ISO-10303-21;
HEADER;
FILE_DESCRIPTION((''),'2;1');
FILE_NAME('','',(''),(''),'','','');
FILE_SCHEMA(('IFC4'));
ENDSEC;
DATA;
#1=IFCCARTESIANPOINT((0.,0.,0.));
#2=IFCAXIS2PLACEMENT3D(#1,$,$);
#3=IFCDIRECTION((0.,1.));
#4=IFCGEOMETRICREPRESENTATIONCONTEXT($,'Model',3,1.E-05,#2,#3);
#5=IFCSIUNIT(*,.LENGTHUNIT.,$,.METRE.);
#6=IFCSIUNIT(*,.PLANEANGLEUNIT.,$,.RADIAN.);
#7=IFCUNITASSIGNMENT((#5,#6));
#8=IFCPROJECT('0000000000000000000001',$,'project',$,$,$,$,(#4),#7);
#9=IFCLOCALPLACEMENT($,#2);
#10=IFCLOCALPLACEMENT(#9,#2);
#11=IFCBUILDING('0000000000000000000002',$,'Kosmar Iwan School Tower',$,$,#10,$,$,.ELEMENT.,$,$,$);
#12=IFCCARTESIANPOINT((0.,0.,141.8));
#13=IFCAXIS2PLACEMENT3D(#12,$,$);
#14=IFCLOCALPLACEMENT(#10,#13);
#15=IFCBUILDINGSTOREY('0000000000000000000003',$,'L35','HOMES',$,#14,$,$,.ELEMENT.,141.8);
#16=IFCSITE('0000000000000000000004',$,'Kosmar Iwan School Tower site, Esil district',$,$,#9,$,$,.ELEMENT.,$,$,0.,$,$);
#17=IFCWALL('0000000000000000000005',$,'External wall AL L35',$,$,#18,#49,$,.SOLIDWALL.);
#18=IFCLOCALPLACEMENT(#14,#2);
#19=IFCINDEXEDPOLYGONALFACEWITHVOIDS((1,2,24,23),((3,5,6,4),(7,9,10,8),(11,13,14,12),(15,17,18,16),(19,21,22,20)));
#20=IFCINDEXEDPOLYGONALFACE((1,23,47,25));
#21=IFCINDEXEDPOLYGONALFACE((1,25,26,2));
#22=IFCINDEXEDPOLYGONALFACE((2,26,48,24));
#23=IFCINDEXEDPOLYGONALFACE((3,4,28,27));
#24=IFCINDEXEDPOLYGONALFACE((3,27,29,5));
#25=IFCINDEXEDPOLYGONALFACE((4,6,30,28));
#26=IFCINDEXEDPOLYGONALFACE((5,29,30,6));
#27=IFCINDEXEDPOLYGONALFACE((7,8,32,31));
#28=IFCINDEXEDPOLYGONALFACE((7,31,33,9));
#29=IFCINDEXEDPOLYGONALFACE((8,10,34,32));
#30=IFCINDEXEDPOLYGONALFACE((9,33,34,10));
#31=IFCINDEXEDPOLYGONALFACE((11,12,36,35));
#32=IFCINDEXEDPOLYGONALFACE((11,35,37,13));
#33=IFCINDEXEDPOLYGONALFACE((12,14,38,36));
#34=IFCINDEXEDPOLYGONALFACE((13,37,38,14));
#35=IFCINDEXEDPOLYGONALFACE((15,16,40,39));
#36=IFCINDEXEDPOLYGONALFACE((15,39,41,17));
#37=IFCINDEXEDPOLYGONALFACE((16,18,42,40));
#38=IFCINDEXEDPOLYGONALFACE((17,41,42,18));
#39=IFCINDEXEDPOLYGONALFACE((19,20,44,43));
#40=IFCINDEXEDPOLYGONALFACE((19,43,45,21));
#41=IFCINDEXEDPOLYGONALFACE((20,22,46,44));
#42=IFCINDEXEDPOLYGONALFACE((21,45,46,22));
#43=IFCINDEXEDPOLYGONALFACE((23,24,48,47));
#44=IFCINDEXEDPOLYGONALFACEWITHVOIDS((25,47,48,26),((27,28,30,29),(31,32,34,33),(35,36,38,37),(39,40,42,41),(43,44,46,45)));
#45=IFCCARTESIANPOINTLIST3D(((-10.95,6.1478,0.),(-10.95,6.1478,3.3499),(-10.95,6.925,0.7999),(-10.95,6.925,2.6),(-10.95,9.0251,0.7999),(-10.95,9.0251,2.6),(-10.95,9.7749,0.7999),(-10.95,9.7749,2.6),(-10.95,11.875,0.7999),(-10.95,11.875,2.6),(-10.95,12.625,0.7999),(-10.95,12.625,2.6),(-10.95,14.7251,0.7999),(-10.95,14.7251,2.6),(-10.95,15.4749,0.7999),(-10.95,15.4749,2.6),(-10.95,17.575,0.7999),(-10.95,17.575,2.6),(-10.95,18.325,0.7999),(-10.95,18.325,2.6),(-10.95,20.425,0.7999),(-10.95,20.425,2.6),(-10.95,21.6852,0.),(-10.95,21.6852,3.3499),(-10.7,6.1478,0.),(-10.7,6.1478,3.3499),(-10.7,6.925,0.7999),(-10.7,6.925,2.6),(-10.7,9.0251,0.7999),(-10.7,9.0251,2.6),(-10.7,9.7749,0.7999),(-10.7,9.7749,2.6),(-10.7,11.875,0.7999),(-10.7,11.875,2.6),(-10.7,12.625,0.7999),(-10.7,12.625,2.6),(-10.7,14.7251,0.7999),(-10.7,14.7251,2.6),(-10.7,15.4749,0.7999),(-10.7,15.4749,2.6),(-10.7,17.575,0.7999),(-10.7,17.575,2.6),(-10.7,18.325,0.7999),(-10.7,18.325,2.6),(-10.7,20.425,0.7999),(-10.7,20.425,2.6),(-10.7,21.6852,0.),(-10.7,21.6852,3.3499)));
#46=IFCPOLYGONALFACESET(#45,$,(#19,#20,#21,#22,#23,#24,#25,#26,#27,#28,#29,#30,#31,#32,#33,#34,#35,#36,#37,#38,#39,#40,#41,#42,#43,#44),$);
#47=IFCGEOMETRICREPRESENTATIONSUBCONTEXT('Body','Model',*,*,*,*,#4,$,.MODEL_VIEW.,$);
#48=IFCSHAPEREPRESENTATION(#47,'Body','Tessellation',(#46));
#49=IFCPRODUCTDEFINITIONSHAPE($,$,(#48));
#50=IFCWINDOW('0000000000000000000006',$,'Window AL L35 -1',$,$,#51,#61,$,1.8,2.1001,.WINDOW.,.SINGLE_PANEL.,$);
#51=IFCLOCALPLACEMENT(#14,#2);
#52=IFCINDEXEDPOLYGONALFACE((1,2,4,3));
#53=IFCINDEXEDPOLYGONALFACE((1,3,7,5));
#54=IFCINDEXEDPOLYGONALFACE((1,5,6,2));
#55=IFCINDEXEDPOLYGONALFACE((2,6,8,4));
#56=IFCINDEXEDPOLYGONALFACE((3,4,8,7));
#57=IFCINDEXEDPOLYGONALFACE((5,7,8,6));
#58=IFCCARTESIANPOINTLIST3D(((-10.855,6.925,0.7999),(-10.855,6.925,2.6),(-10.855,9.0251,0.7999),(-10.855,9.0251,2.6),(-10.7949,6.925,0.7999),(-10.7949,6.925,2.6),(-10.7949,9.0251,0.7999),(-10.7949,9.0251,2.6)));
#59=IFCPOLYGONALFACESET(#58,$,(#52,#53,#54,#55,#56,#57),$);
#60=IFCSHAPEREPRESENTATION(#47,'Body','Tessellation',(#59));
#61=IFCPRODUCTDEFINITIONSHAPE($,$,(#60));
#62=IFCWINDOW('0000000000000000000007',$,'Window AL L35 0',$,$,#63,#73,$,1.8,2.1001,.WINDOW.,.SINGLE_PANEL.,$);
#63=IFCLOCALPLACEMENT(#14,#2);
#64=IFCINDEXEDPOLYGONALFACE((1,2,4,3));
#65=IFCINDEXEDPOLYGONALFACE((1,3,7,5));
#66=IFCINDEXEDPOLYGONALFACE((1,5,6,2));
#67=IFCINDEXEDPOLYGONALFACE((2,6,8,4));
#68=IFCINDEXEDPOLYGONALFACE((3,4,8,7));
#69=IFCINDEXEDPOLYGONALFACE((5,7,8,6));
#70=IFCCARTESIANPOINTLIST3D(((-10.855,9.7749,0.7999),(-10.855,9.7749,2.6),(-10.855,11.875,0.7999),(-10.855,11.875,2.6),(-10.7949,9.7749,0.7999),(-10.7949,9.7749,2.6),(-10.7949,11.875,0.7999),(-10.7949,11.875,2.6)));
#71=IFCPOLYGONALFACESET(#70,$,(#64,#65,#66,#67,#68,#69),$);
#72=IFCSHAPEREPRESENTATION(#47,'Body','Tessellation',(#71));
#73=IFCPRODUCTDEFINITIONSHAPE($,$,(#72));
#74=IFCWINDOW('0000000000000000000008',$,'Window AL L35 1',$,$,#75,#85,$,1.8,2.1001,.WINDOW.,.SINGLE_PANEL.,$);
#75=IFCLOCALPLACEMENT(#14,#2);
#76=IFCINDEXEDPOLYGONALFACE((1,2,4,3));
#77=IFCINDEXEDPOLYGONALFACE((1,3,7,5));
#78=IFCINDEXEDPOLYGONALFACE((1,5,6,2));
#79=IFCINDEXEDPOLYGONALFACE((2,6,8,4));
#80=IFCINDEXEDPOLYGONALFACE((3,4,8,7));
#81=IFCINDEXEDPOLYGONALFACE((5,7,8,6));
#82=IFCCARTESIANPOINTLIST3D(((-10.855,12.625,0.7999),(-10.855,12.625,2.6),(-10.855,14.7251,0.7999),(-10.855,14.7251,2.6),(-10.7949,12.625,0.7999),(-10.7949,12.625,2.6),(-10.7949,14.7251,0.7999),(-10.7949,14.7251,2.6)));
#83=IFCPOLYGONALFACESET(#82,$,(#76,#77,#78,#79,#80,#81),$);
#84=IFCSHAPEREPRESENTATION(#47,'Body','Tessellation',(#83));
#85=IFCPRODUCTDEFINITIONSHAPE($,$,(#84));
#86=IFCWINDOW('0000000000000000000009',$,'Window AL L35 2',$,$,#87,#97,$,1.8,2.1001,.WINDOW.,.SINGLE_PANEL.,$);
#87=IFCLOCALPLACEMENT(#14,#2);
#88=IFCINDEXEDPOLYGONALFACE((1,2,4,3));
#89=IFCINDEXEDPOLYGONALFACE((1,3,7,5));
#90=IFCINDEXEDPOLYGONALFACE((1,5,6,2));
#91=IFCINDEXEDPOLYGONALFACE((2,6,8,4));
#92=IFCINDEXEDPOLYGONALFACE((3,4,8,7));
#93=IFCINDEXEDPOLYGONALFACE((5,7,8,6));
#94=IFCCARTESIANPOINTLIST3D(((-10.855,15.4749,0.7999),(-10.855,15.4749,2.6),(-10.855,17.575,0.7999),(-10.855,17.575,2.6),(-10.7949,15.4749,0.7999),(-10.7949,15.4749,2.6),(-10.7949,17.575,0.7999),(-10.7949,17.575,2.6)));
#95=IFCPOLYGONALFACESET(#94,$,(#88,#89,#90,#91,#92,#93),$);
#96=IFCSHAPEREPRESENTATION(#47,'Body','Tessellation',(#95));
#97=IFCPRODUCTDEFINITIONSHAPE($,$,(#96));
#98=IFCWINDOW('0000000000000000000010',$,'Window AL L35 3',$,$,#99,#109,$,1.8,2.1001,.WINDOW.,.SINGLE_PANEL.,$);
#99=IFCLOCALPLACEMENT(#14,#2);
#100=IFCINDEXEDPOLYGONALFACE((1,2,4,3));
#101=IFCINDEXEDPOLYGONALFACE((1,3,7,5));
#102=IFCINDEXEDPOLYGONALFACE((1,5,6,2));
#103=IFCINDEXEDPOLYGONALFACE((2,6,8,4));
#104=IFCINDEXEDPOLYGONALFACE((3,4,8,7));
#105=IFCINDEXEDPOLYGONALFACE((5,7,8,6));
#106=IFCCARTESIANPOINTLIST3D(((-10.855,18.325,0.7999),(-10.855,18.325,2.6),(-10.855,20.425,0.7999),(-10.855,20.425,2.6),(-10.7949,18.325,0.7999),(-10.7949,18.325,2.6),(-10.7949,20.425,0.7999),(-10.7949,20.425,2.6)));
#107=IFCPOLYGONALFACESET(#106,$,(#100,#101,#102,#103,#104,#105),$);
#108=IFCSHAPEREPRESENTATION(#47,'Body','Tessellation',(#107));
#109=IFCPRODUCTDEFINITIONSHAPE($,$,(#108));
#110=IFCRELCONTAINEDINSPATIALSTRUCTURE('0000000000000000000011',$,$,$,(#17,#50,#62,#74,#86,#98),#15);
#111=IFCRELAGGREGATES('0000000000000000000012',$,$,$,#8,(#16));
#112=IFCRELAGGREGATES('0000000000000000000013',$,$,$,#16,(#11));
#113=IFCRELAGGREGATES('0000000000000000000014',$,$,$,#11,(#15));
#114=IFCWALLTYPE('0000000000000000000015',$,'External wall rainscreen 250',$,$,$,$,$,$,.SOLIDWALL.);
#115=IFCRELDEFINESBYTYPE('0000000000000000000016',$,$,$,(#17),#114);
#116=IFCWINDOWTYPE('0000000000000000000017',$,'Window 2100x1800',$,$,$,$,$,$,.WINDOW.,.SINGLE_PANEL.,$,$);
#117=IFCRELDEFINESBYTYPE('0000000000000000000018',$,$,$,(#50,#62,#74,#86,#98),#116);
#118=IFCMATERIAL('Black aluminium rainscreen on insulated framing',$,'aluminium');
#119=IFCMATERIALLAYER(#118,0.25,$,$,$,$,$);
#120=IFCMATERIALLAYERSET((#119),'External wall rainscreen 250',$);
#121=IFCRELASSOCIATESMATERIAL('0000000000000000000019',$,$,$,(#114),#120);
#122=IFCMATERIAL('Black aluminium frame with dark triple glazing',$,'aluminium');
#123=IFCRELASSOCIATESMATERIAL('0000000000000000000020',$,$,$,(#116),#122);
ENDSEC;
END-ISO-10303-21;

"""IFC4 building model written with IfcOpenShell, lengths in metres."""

from ifc_helpers import new_model, si_unit, direction, frame, frame_2d, origin, place, context, subcontext, project, spatial, rectangle, extrude, material, layer, layer_set, type_object, element, fill, save


model = new_model("IFC4")

# Units and contexts
model_context = context("Model", 3, precision=1e-05, world=origin(), true_north=direction((0.0, 1.0)))
body_context = subcontext(model_context, "Body", "Model", "MODEL_VIEW")
ifc_project = project(units=[si_unit("LENGTHUNIT", "METRE"), si_unit("PLANEANGLEUNIT", "RADIAN")], contexts=[model_context])

# Site, building, storey
site_placement = place(None, origin())
site = spatial("IfcSite", under=ifc_project, at=site_placement, Name="Kosmar Iwan School Tower site, Esil district", CompositionType="ELEMENT", RefElevation=0.0)
building_placement = place(site_placement, origin())
building = spatial("IfcBuilding", under=site, at=building_placement, Name="Kosmar Iwan School Tower", CompositionType="ELEMENT")
storey_placement = place(building_placement, frame((0.0, 0.0, 141.8)))
storey = spatial("IfcBuildingStorey", under=building, at=storey_placement, Name="L35", Description="HOMES", CompositionType="ELEMENT", Elevation=141.8)

# Wall, openings, windows
ifc_material_1 = material(Name="Black aluminium rainscreen on insulated framing", Category="aluminium")
ifc_layer_1 = layer(ifc_material_1, 0.25)
ifc_layer_set_1 = layer_set([ifc_layer_1], Name="External wall rainscreen 250")
wall_type_1 = type_object("IfcWallType", Name="External wall rainscreen 250", PredefinedType="SOLIDWALL", material=ifc_layer_set_1)
wall_1_placement = place(storey_placement, frame((-10.825, 6.1479, 0.0), z_axis=(0.0, 0.0, 1.0), x_axis=(0.0, 1.0, 0.0)))
wall_1 = element("IfcWall", 1, at=wall_1_placement, inside=storey, type_object=wall_type_1, Name="External wall AL L35", PredefinedType="SOLIDWALL", context=body_context, shape_type="SweptSolid", body=[
    extrude(rectangle(XDim=15.5374, YDim=0.25, at=frame_2d((7.7686, 0.0))), origin(), (0.0, 0.0, 1.0), 3.3499),
])
opening_1_placement = place(wall_1_placement, frame((0.7771, 0.0, 0.8)))
opening_1 = element("IfcOpeningElement", 2, at=opening_1_placement, cuts=wall_1, PredefinedType="OPENING", context=body_context, shape_type="SweptSolid", body=[
    extrude(rectangle(XDim=2.1001, YDim=1.8, at=frame_2d((1.05, 0.8999))), frame((0.0, 0.137, 0.0), z_axis=(0.0, -1.0, 0.0), x_axis=(1.0, 0.0, 0.0)), (0.0, 0.0, 1.0), 0.2739),
])
opening_2_placement = place(wall_1_placement, frame((3.627, 0.0, 0.8)))
opening_2 = element("IfcOpeningElement", 3, at=opening_2_placement, cuts=wall_1, PredefinedType="OPENING", context=body_context, shape_type="SweptSolid", body=[
    extrude(rectangle(XDim=2.1001, YDim=1.8, at=frame_2d((1.05, 0.8999))), frame((0.0, 0.137, 0.0), z_axis=(0.0, -1.0, 0.0), x_axis=(1.0, 0.0, 0.0)), (0.0, 0.0, 1.0), 0.2739),
])
opening_3_placement = place(wall_1_placement, frame((6.4771, 0.0, 0.8)))
opening_3 = element("IfcOpeningElement", 4, at=opening_3_placement, cuts=wall_1, PredefinedType="OPENING", context=body_context, shape_type="SweptSolid", body=[
    extrude(rectangle(XDim=2.1001, YDim=1.8, at=frame_2d((1.05, 0.8999))), frame((0.0, 0.137, 0.0), z_axis=(0.0, -1.0, 0.0), x_axis=(1.0, 0.0, 0.0)), (0.0, 0.0, 1.0), 0.2739),
])
opening_4_placement = place(wall_1_placement, frame((9.3269, 0.0, 0.8)))
opening_4 = element("IfcOpeningElement", 5, at=opening_4_placement, cuts=wall_1, PredefinedType="OPENING", context=body_context, shape_type="SweptSolid", body=[
    extrude(rectangle(XDim=2.1001, YDim=1.8, at=frame_2d((1.05, 0.8999))), frame((0.0, 0.137, 0.0), z_axis=(0.0, -1.0, 0.0), x_axis=(1.0, 0.0, 0.0)), (0.0, 0.0, 1.0), 0.2739),
])
opening_5_placement = place(wall_1_placement, frame((12.177, 0.0, 0.8)))
opening_5 = element("IfcOpeningElement", 6, at=opening_5_placement, cuts=wall_1, PredefinedType="OPENING", context=body_context, shape_type="SweptSolid", body=[
    extrude(rectangle(XDim=2.1001, YDim=1.8, at=frame_2d((1.05, 0.8999))), frame((0.0, 0.137, 0.0), z_axis=(0.0, -1.0, 0.0), x_axis=(1.0, 0.0, 0.0)), (0.0, 0.0, 1.0), 0.2739),
])
ifc_material_2 = material(Name="Black aluminium frame with dark triple glazing", Category="aluminium")
window_type = type_object("IfcWindowType", Name="Window 2100x1800", PartitioningType="SINGLE_PANEL", PredefinedType="WINDOW", material=ifc_material_2)
window_1_placement = place(opening_1_placement, origin())
window_1 = element("IfcWindow", 7, at=window_1_placement, inside=storey, type_object=window_type, Name="Window AL L35 -1", OverallHeight=1.8, OverallWidth=2.1001, PartitioningType="SINGLE_PANEL", PredefinedType="WINDOW", context=body_context, shape_type="SweptSolid", body=[
    extrude(rectangle(XDim=2.1001, YDim=1.8, at=frame_2d((1.05, 0.8999))), frame((0.0, 0.03, 0.0), z_axis=(0.0, -1.0, 0.0), x_axis=(1.0, 0.0, 0.0)), (0.0, 0.0, 1.0), 0.0601),
])
fill(opening_1, window_1)
window_2_placement = place(opening_2_placement, origin())
window_2 = element("IfcWindow", 8, at=window_2_placement, inside=storey, type_object=window_type, Name="Window AL L35 0", OverallHeight=1.8, OverallWidth=2.1001, PartitioningType="SINGLE_PANEL", PredefinedType="WINDOW", context=body_context, shape_type="SweptSolid", body=[
    extrude(rectangle(XDim=2.1001, YDim=1.8, at=frame_2d((1.05, 0.8999))), frame((0.0, 0.03, 0.0), z_axis=(0.0, -1.0, 0.0), x_axis=(1.0, 0.0, 0.0)), (0.0, 0.0, 1.0), 0.0601),
])
fill(opening_2, window_2)
window_3_placement = place(opening_3_placement, origin())
window_3 = element("IfcWindow", 9, at=window_3_placement, inside=storey, type_object=window_type, Name="Window AL L35 1", OverallHeight=1.8, OverallWidth=2.1001, PartitioningType="SINGLE_PANEL", PredefinedType="WINDOW", context=body_context, shape_type="SweptSolid", body=[
    extrude(rectangle(XDim=2.1001, YDim=1.8, at=frame_2d((1.05, 0.8999))), frame((0.0, 0.03, 0.0), z_axis=(0.0, -1.0, 0.0), x_axis=(1.0, 0.0, 0.0)), (0.0, 0.0, 1.0), 0.0601),
])
fill(opening_3, window_3)
window_4_placement = place(opening_4_placement, origin())
window_4 = element("IfcWindow", 10, at=window_4_placement, inside=storey, type_object=window_type, Name="Window AL L35 2", OverallHeight=1.8, OverallWidth=2.1001, PartitioningType="SINGLE_PANEL", PredefinedType="WINDOW", context=body_context, shape_type="SweptSolid", body=[
    extrude(rectangle(XDim=2.1001, YDim=1.8, at=frame_2d((1.05, 0.8999))), frame((0.0, 0.03, 0.0), z_axis=(0.0, -1.0, 0.0), x_axis=(1.0, 0.0, 0.0)), (0.0, 0.0, 1.0), 0.0601),
])
fill(opening_4, window_4)
window_5_placement = place(opening_5_placement, origin())
window_5 = element("IfcWindow", 11, at=window_5_placement, inside=storey, type_object=window_type, Name="Window AL L35 3", OverallHeight=1.8, OverallWidth=2.1001, PartitioningType="SINGLE_PANEL", PredefinedType="WINDOW", context=body_context, shape_type="SweptSolid", body=[
    extrude(rectangle(XDim=2.1001, YDim=1.8, at=frame_2d((1.05, 0.8999))), frame((0.0, 0.03, 0.0), z_axis=(0.0, -1.0, 0.0), x_axis=(1.0, 0.0, 0.0)), (0.0, 0.0, 1.0), 0.0601),
])
fill(opening_5, window_5)

save(model, "model.ifc")
